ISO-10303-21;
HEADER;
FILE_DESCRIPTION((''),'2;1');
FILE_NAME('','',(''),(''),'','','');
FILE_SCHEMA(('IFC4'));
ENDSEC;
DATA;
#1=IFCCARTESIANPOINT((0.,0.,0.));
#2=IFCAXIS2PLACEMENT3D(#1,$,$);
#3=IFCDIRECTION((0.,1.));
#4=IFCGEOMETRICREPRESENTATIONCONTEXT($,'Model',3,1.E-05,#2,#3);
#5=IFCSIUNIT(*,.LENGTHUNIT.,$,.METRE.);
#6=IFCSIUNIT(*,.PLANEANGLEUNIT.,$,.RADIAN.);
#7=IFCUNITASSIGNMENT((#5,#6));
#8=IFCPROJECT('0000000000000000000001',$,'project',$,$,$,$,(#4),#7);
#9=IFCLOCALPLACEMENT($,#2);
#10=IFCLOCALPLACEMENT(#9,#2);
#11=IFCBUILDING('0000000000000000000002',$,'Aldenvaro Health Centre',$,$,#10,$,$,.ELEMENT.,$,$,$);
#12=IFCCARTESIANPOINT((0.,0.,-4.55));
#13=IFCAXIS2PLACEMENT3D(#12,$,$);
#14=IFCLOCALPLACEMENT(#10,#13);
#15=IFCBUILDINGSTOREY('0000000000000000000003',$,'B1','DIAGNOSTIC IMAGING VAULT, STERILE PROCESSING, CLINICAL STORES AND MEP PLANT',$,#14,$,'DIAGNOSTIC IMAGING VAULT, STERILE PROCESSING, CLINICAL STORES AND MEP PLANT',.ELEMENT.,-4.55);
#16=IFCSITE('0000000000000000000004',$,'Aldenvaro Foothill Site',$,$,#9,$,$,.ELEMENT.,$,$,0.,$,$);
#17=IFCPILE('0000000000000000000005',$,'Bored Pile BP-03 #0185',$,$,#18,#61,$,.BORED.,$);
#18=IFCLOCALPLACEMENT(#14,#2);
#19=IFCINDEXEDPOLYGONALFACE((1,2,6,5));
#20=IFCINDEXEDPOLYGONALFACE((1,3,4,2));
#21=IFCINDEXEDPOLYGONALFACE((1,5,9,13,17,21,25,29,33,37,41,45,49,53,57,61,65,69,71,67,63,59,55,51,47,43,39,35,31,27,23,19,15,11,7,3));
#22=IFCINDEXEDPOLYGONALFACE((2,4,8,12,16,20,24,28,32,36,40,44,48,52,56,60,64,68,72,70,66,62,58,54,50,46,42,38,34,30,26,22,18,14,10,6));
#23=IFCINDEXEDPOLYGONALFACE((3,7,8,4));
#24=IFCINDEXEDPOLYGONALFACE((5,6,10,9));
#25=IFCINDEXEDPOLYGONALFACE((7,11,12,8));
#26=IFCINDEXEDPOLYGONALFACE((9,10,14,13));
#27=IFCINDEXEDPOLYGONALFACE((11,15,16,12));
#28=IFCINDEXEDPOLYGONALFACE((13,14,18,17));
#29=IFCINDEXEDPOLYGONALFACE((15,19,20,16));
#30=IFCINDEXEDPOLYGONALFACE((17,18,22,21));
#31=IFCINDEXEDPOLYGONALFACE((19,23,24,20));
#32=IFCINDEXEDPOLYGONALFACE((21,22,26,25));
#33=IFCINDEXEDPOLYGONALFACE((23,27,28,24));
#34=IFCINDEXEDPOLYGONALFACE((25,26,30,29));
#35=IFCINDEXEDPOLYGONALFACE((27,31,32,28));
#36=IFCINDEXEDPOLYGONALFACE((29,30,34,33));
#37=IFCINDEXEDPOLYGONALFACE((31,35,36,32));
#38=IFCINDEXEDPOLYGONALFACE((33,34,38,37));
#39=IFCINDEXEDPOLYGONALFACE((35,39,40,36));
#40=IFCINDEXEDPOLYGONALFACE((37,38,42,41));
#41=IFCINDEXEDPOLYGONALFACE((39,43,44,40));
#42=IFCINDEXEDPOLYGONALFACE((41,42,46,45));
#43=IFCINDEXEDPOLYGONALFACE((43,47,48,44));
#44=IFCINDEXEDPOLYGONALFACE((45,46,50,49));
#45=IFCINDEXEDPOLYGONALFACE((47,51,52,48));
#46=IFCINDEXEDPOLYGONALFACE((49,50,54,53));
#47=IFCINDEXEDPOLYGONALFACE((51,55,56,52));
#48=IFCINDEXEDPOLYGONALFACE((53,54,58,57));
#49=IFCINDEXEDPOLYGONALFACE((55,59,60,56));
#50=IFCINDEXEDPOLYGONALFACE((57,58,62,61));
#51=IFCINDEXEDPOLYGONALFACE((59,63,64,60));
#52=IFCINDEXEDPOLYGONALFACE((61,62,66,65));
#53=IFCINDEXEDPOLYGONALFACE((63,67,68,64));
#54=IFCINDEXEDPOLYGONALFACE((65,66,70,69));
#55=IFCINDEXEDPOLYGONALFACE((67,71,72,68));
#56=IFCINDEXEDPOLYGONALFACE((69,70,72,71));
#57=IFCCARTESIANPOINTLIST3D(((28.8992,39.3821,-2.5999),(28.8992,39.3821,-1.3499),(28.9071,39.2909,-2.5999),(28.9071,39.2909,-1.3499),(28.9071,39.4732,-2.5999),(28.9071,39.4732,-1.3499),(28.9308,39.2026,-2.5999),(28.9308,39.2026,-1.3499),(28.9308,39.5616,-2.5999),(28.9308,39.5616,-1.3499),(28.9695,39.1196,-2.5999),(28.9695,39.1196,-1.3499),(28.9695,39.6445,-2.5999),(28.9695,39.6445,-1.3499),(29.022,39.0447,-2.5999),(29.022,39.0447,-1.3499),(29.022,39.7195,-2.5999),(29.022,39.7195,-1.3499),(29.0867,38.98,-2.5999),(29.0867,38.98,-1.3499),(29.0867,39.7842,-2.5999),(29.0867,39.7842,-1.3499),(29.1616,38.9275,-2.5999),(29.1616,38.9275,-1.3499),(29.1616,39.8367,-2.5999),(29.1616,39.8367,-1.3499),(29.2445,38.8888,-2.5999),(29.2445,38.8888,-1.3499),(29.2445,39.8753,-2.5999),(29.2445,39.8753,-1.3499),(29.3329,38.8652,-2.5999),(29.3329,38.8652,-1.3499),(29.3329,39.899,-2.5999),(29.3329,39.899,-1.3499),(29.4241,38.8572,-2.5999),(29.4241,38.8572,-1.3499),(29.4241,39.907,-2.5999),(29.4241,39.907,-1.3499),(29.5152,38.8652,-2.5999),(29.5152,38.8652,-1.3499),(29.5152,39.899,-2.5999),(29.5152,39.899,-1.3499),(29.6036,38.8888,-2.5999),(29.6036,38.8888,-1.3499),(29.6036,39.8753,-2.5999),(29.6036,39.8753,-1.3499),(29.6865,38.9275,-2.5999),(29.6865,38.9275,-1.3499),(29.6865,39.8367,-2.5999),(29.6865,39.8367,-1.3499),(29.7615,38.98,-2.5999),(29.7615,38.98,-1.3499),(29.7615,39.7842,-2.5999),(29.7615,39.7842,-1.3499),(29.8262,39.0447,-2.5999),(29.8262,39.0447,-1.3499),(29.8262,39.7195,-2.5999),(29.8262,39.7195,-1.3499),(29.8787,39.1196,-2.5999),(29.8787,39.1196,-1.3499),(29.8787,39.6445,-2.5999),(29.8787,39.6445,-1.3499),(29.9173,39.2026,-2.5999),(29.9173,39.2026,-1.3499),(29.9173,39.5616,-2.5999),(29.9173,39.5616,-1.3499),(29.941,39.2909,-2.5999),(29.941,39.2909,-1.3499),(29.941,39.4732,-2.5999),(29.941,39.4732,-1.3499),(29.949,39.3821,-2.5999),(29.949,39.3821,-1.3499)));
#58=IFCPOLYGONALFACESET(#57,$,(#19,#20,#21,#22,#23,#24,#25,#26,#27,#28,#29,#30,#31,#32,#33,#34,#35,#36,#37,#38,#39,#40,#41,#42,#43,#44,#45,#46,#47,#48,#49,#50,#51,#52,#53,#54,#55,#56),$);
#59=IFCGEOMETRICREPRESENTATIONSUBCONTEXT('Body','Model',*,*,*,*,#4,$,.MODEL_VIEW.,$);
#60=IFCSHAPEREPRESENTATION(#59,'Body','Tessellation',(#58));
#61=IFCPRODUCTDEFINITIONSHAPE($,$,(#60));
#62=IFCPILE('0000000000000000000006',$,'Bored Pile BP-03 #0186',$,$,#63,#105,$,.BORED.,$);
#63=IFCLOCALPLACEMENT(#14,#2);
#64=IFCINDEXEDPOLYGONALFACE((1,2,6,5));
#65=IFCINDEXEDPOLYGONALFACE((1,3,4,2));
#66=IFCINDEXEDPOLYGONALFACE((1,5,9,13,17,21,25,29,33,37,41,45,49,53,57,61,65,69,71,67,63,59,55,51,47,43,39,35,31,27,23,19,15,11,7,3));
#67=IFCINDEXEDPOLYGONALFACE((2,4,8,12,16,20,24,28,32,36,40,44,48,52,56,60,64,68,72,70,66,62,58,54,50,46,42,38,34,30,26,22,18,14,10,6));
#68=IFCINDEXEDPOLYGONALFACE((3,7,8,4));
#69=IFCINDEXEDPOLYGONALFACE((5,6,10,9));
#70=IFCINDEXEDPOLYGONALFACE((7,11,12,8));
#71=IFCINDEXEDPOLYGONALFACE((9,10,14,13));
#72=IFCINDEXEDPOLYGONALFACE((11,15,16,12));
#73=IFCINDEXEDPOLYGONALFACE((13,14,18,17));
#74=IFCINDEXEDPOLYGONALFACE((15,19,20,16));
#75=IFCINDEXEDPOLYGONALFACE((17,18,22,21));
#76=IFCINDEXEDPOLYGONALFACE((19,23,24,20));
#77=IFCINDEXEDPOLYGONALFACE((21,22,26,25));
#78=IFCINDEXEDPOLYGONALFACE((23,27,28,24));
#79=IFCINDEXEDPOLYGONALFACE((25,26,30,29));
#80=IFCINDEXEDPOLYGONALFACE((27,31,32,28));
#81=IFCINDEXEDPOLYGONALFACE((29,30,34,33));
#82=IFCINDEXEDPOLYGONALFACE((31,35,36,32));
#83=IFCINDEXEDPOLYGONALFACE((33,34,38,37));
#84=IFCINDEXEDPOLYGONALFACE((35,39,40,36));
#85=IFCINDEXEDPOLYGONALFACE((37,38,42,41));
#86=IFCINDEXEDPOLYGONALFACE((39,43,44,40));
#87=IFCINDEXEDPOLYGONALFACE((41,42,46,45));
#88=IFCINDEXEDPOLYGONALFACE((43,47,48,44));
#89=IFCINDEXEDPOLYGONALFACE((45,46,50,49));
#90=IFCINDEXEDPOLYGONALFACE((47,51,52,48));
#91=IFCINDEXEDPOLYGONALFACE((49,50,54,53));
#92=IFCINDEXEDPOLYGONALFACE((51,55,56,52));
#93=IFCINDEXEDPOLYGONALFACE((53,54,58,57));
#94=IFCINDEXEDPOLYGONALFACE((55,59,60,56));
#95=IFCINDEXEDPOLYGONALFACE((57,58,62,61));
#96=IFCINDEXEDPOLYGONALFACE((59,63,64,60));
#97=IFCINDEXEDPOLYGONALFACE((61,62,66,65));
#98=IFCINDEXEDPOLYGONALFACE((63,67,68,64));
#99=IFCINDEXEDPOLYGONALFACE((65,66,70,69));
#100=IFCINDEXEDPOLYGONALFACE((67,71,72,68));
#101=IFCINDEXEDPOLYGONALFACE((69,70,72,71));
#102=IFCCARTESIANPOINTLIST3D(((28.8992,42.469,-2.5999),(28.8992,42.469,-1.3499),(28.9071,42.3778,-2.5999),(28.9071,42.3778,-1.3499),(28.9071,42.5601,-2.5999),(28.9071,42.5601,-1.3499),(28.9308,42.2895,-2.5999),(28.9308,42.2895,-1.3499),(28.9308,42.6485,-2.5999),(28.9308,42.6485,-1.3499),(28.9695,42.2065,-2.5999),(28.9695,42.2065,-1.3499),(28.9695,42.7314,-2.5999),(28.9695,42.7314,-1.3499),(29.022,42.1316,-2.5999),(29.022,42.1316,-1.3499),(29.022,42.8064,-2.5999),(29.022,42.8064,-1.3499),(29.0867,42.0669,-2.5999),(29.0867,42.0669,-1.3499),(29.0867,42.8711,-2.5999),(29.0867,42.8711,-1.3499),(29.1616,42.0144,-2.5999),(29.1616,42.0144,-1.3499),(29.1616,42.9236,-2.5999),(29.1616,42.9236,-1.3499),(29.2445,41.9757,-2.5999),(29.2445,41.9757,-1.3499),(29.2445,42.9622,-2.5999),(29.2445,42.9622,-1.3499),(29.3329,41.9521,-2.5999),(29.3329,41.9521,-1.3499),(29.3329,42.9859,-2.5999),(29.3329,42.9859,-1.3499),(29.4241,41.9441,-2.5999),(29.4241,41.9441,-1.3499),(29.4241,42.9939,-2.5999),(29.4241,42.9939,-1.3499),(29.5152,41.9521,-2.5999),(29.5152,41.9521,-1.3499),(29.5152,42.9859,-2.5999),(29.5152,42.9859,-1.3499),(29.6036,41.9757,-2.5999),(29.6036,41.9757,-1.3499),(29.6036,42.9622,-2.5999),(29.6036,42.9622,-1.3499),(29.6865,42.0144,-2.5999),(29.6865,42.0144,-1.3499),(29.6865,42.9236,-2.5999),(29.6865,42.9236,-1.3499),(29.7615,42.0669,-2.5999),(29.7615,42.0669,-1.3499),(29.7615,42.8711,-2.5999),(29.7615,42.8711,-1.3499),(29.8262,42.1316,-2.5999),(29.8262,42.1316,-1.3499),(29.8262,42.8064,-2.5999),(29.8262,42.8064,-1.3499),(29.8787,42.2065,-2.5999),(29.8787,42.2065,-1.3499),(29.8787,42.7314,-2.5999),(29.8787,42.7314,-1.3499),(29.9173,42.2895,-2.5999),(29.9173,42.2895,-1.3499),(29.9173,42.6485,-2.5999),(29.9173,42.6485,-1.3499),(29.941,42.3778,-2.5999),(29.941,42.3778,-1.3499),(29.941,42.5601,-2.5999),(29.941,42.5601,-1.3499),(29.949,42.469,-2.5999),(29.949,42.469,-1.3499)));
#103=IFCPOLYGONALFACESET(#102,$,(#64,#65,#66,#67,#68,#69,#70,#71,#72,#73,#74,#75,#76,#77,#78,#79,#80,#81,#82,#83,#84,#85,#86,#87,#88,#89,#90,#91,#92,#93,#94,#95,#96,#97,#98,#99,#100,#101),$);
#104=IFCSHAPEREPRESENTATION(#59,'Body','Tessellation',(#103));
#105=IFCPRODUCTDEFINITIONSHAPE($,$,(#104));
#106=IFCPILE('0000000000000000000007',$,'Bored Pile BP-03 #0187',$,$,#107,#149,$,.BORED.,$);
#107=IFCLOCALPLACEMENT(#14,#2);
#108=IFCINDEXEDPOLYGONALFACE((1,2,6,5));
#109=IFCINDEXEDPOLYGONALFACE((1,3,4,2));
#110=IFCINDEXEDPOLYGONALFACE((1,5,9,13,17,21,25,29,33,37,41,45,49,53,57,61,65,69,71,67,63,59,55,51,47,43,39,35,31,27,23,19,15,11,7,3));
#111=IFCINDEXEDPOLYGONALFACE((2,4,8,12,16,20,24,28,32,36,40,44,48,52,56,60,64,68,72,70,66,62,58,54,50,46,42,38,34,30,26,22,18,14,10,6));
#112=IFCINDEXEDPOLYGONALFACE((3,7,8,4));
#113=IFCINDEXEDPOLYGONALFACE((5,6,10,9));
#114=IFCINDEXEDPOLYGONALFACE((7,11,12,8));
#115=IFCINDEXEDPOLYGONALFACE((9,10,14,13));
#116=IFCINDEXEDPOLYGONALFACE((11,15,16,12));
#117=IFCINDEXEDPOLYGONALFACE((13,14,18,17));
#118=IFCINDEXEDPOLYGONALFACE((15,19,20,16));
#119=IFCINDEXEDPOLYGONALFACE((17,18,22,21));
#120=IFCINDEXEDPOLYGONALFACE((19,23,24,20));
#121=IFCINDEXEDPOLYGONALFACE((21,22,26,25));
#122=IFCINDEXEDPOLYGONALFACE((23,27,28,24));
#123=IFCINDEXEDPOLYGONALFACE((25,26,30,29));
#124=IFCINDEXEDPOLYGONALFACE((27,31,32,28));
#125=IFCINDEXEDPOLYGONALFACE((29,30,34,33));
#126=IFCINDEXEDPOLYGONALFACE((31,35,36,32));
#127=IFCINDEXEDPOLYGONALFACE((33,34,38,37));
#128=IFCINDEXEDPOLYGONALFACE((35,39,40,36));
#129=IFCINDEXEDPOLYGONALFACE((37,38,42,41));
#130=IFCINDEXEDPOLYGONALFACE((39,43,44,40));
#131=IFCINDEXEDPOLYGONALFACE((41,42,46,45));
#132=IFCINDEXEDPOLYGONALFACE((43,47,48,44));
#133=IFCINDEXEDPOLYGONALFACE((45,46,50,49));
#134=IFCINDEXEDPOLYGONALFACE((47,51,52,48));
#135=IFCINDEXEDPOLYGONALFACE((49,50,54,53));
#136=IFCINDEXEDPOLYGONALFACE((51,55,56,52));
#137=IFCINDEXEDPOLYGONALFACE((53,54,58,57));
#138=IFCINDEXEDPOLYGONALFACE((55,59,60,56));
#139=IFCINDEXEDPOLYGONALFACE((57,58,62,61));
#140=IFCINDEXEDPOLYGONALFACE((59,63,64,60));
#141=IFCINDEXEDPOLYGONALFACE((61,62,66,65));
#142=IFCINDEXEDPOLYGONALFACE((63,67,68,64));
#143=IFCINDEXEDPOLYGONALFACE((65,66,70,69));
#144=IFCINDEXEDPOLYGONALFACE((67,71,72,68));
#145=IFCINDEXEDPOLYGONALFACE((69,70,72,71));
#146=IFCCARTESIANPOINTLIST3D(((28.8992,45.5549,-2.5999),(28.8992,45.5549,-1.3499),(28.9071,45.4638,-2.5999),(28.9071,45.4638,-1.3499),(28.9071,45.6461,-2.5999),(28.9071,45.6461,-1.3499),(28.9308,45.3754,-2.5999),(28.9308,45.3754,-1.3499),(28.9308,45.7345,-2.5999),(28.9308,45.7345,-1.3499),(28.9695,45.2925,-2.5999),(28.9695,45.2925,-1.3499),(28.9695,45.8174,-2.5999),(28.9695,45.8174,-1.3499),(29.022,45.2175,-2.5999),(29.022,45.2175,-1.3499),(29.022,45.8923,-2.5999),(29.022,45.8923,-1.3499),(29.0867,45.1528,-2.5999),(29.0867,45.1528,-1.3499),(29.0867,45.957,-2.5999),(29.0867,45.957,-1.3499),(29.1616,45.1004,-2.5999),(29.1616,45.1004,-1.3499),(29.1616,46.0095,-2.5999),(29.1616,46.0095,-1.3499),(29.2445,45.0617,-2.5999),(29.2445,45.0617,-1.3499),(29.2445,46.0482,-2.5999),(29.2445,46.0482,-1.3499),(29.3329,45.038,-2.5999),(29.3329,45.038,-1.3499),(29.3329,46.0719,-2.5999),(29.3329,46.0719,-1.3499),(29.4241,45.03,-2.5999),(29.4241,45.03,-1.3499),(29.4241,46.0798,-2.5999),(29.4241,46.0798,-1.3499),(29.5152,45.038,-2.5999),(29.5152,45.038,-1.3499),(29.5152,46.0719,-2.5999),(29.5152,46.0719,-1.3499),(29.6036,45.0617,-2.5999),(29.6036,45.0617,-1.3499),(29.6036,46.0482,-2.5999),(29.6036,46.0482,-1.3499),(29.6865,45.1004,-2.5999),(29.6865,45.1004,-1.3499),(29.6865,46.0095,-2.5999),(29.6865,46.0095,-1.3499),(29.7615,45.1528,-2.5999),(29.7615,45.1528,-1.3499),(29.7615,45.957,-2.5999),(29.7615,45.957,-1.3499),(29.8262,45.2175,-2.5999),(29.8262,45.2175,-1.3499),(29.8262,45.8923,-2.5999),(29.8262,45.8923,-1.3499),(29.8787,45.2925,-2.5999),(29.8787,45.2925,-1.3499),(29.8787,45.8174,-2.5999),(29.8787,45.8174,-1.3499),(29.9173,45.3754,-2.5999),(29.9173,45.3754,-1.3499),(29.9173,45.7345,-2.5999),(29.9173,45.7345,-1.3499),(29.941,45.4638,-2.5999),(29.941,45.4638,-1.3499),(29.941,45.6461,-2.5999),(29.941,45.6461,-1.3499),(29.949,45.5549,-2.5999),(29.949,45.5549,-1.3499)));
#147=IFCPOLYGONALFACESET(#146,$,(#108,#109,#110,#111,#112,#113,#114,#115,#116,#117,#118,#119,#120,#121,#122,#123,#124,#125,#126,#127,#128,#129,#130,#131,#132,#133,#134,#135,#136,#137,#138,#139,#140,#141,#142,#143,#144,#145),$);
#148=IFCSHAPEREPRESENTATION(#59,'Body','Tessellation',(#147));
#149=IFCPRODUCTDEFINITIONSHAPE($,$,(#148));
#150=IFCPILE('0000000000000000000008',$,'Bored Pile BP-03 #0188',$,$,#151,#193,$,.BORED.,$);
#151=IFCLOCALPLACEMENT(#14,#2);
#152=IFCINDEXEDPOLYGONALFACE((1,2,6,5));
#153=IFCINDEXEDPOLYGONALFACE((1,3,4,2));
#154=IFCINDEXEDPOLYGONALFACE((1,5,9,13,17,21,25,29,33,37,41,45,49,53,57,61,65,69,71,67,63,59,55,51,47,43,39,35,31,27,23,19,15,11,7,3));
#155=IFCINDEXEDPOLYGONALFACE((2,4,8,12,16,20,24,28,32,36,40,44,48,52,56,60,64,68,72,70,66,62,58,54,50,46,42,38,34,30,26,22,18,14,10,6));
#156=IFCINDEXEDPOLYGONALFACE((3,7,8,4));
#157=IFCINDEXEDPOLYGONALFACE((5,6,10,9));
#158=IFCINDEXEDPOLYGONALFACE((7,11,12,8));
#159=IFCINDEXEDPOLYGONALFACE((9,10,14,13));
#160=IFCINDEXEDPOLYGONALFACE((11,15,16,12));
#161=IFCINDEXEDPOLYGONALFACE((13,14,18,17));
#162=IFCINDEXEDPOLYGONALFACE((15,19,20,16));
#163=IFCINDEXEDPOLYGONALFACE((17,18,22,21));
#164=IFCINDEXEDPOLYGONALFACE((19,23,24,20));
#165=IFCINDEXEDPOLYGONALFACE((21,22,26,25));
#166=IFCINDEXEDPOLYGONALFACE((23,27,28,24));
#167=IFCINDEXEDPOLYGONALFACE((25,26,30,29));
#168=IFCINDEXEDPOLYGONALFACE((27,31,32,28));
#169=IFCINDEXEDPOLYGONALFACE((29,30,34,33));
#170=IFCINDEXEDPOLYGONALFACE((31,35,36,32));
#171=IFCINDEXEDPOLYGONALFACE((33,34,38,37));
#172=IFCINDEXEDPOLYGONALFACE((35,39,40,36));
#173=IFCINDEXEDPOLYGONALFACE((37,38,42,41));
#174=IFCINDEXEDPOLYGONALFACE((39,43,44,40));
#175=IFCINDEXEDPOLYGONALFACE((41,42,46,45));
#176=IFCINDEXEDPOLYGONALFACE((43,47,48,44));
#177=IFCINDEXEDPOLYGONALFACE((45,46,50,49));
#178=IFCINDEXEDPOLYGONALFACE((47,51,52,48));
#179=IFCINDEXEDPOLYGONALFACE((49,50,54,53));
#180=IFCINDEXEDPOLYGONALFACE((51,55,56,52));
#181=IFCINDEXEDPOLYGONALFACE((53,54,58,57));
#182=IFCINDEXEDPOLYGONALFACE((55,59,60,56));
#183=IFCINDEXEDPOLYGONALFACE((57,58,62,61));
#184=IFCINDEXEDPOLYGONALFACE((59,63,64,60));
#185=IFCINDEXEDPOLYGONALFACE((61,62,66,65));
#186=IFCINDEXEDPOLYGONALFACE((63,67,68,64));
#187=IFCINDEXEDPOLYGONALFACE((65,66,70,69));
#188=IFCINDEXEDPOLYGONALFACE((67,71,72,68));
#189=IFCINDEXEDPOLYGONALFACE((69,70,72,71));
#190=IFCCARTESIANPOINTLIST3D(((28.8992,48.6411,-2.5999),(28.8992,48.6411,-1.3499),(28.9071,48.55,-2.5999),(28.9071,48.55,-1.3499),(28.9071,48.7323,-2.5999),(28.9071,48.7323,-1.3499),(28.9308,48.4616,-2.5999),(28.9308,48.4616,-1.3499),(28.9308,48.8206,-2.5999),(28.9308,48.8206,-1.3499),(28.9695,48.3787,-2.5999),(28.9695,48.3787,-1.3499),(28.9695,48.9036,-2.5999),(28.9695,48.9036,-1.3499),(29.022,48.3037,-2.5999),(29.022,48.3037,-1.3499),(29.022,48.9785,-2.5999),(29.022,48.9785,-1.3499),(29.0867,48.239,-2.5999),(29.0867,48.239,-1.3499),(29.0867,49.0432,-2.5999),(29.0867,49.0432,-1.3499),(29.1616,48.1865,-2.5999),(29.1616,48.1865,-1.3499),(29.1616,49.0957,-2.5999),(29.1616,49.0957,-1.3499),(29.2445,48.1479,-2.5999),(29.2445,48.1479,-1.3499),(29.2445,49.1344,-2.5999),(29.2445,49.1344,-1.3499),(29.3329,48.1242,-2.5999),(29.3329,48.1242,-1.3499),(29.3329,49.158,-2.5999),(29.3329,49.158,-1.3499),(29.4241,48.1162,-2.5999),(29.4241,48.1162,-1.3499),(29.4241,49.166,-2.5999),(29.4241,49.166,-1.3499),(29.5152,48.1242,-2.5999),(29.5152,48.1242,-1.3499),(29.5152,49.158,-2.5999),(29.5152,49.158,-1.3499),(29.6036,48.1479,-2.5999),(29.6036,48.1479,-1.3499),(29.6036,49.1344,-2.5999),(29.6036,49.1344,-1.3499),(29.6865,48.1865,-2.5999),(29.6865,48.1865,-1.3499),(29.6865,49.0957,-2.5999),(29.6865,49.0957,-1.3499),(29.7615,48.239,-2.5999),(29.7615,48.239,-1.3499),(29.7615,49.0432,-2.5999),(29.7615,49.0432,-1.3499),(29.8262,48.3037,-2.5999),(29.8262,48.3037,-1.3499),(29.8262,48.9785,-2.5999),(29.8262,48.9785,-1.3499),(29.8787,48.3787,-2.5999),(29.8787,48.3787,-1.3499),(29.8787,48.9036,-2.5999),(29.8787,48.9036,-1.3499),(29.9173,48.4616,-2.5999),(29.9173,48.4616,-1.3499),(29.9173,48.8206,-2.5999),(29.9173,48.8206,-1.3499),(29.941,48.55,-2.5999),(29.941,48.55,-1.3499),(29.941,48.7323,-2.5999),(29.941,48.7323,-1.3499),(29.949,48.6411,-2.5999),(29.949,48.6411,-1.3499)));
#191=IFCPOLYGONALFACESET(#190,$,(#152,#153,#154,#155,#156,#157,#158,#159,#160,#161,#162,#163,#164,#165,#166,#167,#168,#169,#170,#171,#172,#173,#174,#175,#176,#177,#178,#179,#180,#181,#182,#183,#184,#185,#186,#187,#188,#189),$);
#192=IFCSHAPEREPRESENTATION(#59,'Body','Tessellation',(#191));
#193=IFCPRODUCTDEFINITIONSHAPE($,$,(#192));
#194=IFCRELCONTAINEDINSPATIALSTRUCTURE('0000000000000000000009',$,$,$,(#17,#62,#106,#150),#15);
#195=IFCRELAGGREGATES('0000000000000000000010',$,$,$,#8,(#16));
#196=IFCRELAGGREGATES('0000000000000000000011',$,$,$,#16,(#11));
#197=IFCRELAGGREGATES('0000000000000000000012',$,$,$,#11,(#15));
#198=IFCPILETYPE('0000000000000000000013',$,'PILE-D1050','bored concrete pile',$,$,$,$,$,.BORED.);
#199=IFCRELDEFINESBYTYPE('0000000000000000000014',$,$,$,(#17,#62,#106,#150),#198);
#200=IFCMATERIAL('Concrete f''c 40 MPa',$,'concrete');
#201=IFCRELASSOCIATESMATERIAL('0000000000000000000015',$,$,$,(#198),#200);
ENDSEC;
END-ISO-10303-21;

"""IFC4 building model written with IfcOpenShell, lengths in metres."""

from ifc_helpers import new_model, si_unit, direction, frame, origin, origin_2d, place, context, subcontext, project, spatial, circle, extrude, material, material_profile, profile_set, type_object, element, save


model = new_model("IFC4")

# Units and contexts
model_context = context("Model", 3, precision=1e-05, world=origin(), true_north=direction((0.0, 1.0)))
body_context = subcontext(model_context, "Body", "Model", "MODEL_VIEW")
ifc_project = project(units=[si_unit("LENGTHUNIT", "METRE"), si_unit("PLANEANGLEUNIT", "RADIAN")], contexts=[model_context])

# Site, building, storey
site_placement = place(None, origin())
site = spatial("IfcSite", under=ifc_project, at=site_placement, Name="Aldenvaro Foothill Site", CompositionType="ELEMENT", RefElevation=0.0)
building_placement = place(site_placement, origin())
building = spatial("IfcBuilding", under=site, at=building_placement, Name="Aldenvaro Health Centre", CompositionType="ELEMENT")
storey_placement = place(building_placement, frame((0.0, 0.0, -4.55)))
storey = spatial("IfcBuildingStorey", under=building, at=storey_placement, Name="B1", Description="DIAGNOSTIC IMAGING VAULT, STERILE PROCESSING, CLINICAL STORES AND MEP PLANT", LongName="DIAGNOSTIC IMAGING VAULT, STERILE PROCESSING, CLINICAL STORES AND MEP PLANT", CompositionType="ELEMENT", Elevation=-4.55)

# Piles
ifc_material_1 = material(Name="Concrete f'c 40 MPa", Category="concrete")
ifc_material_profile_1 = material_profile(ifc_material_1, circle(Radius=0.5249, at=origin_2d()), Name="PILE D1050", Category="concrete")
ifc_profile_set_1 = profile_set([ifc_material_profile_1], Name="Concrete f'c 40 MPa")
pile_type = type_object("IfcPileType", Name="PILE-D1050", Description="bored concrete pile", PredefinedType="BORED", material=ifc_profile_set_1)
for number, where, z_axis, x_axis, name in (
    (1, (29.4241, 39.3821, -1.3499), (0.0, 0.0, -1.0), (1.0, 0.0, 0.0), "Bored Pile BP-03 #0185"),
    (2, (29.4241, 42.469, -1.3499), (0.0, 0.0, -1.0), (1.0, 0.0, 0.0), "Bored Pile BP-03 #0186"),
    (3, (29.4241, 45.5549, -1.3499), (0.0, 0.0, -1.0), (1.0, 0.0, 0.0), "Bored Pile BP-03 #0187"),
    (4, (29.4241, 48.6411, -1.3499), (0.0, 0.0, -1.0), (1.0, 0.0, 0.0), "Bored Pile BP-03 #0188"),
):
    element("IfcPile", number, at=place(storey_placement, frame(where, z_axis=z_axis, x_axis=x_axis)), inside=storey, type_object=pile_type, Name=name, PredefinedType="BORED", context=body_context, shape_type="SweptSolid", body=[
        extrude(circle(Radius=0.5249, at=origin_2d()), origin(), (0.0, 0.0, 1.0), 1.25),
    ])

save(model, "model.ifc")
